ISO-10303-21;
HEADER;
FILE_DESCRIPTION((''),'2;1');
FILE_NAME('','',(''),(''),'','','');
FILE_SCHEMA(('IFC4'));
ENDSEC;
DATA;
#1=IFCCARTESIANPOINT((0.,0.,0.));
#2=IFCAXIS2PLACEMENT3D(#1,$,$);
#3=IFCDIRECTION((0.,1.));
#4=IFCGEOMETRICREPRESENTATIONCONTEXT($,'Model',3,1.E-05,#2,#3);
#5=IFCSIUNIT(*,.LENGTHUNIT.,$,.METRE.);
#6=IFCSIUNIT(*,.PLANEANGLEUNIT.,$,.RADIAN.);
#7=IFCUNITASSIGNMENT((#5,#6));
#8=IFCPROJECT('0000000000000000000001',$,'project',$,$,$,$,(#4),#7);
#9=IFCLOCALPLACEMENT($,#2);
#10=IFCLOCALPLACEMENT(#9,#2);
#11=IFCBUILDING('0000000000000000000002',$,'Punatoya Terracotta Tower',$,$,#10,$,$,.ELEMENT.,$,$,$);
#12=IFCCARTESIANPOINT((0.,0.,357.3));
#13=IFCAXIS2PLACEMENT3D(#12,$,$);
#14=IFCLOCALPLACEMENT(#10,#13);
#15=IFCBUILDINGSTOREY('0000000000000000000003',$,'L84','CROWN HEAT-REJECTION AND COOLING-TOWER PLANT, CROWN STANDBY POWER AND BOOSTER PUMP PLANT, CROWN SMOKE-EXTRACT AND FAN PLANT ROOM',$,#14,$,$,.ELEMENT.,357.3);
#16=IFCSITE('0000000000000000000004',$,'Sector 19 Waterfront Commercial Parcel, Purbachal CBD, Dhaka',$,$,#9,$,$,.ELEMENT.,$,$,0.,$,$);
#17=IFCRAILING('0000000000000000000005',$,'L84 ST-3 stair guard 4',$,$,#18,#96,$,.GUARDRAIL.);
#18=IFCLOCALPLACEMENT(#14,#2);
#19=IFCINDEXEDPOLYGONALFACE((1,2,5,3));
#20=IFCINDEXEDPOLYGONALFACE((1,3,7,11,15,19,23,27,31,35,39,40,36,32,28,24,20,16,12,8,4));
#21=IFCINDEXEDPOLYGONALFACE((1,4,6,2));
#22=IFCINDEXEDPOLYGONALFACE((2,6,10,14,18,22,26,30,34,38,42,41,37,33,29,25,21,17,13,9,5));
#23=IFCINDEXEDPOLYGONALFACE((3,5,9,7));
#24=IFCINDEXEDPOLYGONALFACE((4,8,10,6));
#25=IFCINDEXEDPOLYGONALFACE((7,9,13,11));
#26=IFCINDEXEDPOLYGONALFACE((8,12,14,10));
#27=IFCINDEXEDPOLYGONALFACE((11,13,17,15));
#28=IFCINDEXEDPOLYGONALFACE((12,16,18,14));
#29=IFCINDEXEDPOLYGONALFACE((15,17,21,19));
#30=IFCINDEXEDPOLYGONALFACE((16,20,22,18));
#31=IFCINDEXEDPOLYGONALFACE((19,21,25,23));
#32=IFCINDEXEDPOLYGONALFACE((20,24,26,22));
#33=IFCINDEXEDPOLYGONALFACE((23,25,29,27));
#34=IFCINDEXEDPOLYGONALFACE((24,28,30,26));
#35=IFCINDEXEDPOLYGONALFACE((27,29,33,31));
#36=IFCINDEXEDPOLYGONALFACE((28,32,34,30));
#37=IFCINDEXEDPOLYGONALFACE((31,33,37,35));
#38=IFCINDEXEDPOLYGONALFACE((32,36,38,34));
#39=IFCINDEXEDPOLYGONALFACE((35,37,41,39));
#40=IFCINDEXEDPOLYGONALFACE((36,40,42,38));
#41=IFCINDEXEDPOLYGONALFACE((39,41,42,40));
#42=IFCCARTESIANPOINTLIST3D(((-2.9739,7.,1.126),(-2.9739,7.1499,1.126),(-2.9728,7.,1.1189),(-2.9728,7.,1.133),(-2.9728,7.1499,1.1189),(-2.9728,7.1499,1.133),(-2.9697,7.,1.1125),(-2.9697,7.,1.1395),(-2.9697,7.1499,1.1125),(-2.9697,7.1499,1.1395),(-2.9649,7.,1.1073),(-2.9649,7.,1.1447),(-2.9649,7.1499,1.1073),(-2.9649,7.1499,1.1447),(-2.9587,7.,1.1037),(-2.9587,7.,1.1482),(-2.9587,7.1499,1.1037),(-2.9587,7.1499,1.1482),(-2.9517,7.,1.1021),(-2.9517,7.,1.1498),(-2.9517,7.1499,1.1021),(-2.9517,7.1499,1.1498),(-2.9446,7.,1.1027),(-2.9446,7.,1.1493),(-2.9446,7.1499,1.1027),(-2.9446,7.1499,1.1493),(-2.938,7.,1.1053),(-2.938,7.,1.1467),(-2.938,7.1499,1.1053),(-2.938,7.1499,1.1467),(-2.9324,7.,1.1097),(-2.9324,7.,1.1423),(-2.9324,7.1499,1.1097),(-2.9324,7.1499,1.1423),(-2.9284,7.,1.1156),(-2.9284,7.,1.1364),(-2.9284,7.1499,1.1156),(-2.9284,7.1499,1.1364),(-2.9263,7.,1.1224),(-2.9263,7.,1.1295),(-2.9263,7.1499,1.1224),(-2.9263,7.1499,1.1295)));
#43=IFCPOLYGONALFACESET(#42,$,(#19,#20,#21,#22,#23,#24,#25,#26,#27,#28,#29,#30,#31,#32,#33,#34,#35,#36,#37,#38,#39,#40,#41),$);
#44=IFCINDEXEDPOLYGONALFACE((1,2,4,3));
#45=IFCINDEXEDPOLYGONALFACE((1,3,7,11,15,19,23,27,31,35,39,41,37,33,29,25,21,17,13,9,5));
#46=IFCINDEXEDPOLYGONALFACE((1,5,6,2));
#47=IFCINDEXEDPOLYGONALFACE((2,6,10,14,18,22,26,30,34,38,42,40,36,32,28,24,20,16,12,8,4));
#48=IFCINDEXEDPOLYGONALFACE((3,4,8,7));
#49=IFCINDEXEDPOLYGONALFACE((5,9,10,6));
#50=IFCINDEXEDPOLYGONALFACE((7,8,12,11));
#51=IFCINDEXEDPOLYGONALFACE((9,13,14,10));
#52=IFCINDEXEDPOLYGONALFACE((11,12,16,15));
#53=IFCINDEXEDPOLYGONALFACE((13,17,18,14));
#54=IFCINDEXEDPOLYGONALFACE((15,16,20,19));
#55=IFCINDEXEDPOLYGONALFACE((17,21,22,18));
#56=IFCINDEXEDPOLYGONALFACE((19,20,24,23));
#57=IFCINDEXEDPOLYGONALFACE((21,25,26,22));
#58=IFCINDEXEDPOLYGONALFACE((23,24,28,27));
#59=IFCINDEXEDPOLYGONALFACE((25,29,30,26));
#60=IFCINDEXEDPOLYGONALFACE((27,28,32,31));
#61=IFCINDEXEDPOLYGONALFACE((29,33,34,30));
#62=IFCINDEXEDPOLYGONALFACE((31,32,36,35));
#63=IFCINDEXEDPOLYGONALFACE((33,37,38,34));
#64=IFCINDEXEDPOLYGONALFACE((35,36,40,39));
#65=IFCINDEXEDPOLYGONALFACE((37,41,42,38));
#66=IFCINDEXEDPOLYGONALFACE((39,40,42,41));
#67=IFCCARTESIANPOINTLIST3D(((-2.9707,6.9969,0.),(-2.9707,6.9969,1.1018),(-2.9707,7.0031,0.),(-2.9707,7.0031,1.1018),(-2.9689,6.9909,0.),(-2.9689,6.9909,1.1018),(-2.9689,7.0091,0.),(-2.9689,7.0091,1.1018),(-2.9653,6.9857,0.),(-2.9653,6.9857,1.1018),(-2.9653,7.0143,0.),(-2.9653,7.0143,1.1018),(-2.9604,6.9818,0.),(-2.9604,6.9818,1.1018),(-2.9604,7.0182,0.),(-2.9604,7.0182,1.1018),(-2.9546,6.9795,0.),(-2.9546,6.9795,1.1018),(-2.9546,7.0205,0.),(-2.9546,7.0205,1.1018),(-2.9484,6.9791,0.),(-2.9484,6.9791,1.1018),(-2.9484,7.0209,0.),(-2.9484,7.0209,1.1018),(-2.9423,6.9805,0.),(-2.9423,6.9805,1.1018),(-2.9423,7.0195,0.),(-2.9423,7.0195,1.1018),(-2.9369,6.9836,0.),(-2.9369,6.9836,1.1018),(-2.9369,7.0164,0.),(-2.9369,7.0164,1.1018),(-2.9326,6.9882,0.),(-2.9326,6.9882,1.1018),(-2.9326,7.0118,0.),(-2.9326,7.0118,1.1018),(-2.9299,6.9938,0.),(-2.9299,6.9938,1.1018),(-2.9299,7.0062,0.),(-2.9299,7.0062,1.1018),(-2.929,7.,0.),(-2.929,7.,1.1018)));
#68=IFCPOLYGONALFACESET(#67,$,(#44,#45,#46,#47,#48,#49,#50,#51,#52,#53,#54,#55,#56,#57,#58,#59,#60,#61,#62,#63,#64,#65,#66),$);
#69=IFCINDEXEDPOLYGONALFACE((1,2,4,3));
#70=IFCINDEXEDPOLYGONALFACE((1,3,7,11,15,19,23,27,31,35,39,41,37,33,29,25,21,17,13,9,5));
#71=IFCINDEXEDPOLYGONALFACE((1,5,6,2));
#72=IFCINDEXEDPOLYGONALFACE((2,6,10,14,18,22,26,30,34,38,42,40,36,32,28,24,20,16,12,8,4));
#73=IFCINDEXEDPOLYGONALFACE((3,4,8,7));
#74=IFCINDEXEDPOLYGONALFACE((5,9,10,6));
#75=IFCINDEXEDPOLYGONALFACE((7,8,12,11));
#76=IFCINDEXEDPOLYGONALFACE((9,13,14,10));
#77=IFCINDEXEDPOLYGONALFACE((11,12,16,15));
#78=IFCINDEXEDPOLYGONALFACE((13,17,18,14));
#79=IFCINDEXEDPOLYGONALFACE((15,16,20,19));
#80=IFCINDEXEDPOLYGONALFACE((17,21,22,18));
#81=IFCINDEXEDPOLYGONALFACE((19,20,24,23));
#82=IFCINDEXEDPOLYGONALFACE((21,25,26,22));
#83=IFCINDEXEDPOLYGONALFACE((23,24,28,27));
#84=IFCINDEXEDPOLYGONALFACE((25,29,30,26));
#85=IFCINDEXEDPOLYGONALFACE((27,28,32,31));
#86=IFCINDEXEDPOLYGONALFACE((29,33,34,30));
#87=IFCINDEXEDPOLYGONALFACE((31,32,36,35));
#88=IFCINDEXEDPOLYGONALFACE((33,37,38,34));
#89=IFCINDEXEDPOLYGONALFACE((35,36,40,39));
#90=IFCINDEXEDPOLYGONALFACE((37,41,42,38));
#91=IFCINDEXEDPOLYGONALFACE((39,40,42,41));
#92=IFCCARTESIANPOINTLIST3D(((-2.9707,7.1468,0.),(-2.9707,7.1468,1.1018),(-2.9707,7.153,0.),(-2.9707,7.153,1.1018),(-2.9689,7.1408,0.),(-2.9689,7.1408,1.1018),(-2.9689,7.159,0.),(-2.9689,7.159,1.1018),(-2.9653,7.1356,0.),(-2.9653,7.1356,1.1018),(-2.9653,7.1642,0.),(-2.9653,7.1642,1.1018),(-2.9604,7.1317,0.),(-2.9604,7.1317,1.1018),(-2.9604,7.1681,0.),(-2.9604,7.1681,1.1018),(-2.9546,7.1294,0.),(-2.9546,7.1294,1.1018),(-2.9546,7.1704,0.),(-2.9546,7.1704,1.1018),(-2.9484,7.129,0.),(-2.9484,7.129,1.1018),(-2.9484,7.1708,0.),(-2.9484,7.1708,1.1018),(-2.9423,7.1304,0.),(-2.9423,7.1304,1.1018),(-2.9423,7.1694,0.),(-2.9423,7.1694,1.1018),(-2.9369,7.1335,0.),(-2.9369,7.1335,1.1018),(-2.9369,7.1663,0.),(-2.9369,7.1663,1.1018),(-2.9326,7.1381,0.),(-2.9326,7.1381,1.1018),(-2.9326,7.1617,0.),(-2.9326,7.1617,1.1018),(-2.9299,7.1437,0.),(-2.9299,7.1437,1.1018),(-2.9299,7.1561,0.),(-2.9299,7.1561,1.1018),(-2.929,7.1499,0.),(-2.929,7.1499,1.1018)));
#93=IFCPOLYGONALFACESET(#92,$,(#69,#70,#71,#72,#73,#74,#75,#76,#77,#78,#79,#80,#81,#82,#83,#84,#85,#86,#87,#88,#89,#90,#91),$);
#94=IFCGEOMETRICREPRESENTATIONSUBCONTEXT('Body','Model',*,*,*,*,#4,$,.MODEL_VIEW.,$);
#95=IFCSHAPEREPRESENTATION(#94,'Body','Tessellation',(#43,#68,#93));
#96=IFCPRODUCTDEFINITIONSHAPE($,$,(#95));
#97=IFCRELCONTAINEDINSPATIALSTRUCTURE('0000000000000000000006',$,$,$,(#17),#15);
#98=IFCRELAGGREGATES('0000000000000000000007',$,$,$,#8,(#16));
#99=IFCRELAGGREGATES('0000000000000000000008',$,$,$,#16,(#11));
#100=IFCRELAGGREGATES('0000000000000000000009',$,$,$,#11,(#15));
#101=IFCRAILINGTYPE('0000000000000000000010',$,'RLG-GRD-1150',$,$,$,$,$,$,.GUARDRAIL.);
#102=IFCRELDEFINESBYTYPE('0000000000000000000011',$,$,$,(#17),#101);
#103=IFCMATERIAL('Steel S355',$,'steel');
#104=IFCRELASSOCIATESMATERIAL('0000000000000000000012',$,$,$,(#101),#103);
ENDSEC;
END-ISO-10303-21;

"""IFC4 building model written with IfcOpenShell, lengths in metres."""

from ifc_helpers import new_model, si_unit, direction, frame, origin, origin_2d, place, context, subcontext, project, spatial, circle, extrude, material, type_object, element, save


model = new_model("IFC4")

# Units and contexts
model_context = context("Model", 3, precision=1e-05, world=origin(), true_north=direction((0.0, 1.0)))
body_context = subcontext(model_context, "Body", "Model", "MODEL_VIEW")
ifc_project = project(units=[si_unit("LENGTHUNIT", "METRE"), si_unit("PLANEANGLEUNIT", "RADIAN")], contexts=[model_context])

# Site, building, storey
site_placement = place(None, origin())
site = spatial("IfcSite", under=ifc_project, at=site_placement, Name="Sector 19 Waterfront Commercial Parcel, Purbachal CBD, Dhaka", CompositionType="ELEMENT", RefElevation=0.0)
building_placement = place(site_placement, origin())
building = spatial("IfcBuilding", under=site, at=building_placement, Name="Punatoya Terracotta Tower", CompositionType="ELEMENT")
storey_placement = place(building_placement, frame((0.0, 0.0, 357.3)))
storey = spatial("IfcBuildingStorey", under=building, at=storey_placement, Name="L84", Description="CROWN HEAT-REJECTION AND COOLING-TOWER PLANT, CROWN STANDBY POWER AND BOOSTER PUMP PLANT, CROWN SMOKE-EXTRACT AND FAN PLANT ROOM", CompositionType="ELEMENT", Elevation=357.3)

# Shared definitions
ifc_material_1 = material(Name="Steel S355", Category="steel")

# Railing
railing_type_1 = type_object("IfcRailingType", Name="RLG-GRD-1150", PredefinedType="GUARDRAIL", material=ifc_material_1)
railing_1_placement = place(storey_placement, frame((-2.95, 7.0, 0.0)))
element("IfcRailing", 1, at=railing_1_placement, inside=storey, type_object=railing_type_1, Name="L84 ST-3 stair guard 4", PredefinedType="GUARDRAIL", context=body_context, shape_type="SweptSolid", body=[
    extrude(circle(Radius=0.0239, at=origin_2d()), frame((0.0, 0.0, 1.126), z_axis=(0.0, 1.0, 0.0), x_axis=(-1.0, 0.0, 0.0)), (0.0, 0.0, 1.0), 0.1499),
    extrude(circle(Radius=0.021, at=origin_2d()), origin(), (0.0, 0.0, 1.0), 1.1018),
    extrude(circle(Radius=0.021, at=origin_2d()), frame((0.0, 0.1499, 0.0)), (0.0, 0.0, 1.0), 1.1018),
])

save(model, "model.ifc")
